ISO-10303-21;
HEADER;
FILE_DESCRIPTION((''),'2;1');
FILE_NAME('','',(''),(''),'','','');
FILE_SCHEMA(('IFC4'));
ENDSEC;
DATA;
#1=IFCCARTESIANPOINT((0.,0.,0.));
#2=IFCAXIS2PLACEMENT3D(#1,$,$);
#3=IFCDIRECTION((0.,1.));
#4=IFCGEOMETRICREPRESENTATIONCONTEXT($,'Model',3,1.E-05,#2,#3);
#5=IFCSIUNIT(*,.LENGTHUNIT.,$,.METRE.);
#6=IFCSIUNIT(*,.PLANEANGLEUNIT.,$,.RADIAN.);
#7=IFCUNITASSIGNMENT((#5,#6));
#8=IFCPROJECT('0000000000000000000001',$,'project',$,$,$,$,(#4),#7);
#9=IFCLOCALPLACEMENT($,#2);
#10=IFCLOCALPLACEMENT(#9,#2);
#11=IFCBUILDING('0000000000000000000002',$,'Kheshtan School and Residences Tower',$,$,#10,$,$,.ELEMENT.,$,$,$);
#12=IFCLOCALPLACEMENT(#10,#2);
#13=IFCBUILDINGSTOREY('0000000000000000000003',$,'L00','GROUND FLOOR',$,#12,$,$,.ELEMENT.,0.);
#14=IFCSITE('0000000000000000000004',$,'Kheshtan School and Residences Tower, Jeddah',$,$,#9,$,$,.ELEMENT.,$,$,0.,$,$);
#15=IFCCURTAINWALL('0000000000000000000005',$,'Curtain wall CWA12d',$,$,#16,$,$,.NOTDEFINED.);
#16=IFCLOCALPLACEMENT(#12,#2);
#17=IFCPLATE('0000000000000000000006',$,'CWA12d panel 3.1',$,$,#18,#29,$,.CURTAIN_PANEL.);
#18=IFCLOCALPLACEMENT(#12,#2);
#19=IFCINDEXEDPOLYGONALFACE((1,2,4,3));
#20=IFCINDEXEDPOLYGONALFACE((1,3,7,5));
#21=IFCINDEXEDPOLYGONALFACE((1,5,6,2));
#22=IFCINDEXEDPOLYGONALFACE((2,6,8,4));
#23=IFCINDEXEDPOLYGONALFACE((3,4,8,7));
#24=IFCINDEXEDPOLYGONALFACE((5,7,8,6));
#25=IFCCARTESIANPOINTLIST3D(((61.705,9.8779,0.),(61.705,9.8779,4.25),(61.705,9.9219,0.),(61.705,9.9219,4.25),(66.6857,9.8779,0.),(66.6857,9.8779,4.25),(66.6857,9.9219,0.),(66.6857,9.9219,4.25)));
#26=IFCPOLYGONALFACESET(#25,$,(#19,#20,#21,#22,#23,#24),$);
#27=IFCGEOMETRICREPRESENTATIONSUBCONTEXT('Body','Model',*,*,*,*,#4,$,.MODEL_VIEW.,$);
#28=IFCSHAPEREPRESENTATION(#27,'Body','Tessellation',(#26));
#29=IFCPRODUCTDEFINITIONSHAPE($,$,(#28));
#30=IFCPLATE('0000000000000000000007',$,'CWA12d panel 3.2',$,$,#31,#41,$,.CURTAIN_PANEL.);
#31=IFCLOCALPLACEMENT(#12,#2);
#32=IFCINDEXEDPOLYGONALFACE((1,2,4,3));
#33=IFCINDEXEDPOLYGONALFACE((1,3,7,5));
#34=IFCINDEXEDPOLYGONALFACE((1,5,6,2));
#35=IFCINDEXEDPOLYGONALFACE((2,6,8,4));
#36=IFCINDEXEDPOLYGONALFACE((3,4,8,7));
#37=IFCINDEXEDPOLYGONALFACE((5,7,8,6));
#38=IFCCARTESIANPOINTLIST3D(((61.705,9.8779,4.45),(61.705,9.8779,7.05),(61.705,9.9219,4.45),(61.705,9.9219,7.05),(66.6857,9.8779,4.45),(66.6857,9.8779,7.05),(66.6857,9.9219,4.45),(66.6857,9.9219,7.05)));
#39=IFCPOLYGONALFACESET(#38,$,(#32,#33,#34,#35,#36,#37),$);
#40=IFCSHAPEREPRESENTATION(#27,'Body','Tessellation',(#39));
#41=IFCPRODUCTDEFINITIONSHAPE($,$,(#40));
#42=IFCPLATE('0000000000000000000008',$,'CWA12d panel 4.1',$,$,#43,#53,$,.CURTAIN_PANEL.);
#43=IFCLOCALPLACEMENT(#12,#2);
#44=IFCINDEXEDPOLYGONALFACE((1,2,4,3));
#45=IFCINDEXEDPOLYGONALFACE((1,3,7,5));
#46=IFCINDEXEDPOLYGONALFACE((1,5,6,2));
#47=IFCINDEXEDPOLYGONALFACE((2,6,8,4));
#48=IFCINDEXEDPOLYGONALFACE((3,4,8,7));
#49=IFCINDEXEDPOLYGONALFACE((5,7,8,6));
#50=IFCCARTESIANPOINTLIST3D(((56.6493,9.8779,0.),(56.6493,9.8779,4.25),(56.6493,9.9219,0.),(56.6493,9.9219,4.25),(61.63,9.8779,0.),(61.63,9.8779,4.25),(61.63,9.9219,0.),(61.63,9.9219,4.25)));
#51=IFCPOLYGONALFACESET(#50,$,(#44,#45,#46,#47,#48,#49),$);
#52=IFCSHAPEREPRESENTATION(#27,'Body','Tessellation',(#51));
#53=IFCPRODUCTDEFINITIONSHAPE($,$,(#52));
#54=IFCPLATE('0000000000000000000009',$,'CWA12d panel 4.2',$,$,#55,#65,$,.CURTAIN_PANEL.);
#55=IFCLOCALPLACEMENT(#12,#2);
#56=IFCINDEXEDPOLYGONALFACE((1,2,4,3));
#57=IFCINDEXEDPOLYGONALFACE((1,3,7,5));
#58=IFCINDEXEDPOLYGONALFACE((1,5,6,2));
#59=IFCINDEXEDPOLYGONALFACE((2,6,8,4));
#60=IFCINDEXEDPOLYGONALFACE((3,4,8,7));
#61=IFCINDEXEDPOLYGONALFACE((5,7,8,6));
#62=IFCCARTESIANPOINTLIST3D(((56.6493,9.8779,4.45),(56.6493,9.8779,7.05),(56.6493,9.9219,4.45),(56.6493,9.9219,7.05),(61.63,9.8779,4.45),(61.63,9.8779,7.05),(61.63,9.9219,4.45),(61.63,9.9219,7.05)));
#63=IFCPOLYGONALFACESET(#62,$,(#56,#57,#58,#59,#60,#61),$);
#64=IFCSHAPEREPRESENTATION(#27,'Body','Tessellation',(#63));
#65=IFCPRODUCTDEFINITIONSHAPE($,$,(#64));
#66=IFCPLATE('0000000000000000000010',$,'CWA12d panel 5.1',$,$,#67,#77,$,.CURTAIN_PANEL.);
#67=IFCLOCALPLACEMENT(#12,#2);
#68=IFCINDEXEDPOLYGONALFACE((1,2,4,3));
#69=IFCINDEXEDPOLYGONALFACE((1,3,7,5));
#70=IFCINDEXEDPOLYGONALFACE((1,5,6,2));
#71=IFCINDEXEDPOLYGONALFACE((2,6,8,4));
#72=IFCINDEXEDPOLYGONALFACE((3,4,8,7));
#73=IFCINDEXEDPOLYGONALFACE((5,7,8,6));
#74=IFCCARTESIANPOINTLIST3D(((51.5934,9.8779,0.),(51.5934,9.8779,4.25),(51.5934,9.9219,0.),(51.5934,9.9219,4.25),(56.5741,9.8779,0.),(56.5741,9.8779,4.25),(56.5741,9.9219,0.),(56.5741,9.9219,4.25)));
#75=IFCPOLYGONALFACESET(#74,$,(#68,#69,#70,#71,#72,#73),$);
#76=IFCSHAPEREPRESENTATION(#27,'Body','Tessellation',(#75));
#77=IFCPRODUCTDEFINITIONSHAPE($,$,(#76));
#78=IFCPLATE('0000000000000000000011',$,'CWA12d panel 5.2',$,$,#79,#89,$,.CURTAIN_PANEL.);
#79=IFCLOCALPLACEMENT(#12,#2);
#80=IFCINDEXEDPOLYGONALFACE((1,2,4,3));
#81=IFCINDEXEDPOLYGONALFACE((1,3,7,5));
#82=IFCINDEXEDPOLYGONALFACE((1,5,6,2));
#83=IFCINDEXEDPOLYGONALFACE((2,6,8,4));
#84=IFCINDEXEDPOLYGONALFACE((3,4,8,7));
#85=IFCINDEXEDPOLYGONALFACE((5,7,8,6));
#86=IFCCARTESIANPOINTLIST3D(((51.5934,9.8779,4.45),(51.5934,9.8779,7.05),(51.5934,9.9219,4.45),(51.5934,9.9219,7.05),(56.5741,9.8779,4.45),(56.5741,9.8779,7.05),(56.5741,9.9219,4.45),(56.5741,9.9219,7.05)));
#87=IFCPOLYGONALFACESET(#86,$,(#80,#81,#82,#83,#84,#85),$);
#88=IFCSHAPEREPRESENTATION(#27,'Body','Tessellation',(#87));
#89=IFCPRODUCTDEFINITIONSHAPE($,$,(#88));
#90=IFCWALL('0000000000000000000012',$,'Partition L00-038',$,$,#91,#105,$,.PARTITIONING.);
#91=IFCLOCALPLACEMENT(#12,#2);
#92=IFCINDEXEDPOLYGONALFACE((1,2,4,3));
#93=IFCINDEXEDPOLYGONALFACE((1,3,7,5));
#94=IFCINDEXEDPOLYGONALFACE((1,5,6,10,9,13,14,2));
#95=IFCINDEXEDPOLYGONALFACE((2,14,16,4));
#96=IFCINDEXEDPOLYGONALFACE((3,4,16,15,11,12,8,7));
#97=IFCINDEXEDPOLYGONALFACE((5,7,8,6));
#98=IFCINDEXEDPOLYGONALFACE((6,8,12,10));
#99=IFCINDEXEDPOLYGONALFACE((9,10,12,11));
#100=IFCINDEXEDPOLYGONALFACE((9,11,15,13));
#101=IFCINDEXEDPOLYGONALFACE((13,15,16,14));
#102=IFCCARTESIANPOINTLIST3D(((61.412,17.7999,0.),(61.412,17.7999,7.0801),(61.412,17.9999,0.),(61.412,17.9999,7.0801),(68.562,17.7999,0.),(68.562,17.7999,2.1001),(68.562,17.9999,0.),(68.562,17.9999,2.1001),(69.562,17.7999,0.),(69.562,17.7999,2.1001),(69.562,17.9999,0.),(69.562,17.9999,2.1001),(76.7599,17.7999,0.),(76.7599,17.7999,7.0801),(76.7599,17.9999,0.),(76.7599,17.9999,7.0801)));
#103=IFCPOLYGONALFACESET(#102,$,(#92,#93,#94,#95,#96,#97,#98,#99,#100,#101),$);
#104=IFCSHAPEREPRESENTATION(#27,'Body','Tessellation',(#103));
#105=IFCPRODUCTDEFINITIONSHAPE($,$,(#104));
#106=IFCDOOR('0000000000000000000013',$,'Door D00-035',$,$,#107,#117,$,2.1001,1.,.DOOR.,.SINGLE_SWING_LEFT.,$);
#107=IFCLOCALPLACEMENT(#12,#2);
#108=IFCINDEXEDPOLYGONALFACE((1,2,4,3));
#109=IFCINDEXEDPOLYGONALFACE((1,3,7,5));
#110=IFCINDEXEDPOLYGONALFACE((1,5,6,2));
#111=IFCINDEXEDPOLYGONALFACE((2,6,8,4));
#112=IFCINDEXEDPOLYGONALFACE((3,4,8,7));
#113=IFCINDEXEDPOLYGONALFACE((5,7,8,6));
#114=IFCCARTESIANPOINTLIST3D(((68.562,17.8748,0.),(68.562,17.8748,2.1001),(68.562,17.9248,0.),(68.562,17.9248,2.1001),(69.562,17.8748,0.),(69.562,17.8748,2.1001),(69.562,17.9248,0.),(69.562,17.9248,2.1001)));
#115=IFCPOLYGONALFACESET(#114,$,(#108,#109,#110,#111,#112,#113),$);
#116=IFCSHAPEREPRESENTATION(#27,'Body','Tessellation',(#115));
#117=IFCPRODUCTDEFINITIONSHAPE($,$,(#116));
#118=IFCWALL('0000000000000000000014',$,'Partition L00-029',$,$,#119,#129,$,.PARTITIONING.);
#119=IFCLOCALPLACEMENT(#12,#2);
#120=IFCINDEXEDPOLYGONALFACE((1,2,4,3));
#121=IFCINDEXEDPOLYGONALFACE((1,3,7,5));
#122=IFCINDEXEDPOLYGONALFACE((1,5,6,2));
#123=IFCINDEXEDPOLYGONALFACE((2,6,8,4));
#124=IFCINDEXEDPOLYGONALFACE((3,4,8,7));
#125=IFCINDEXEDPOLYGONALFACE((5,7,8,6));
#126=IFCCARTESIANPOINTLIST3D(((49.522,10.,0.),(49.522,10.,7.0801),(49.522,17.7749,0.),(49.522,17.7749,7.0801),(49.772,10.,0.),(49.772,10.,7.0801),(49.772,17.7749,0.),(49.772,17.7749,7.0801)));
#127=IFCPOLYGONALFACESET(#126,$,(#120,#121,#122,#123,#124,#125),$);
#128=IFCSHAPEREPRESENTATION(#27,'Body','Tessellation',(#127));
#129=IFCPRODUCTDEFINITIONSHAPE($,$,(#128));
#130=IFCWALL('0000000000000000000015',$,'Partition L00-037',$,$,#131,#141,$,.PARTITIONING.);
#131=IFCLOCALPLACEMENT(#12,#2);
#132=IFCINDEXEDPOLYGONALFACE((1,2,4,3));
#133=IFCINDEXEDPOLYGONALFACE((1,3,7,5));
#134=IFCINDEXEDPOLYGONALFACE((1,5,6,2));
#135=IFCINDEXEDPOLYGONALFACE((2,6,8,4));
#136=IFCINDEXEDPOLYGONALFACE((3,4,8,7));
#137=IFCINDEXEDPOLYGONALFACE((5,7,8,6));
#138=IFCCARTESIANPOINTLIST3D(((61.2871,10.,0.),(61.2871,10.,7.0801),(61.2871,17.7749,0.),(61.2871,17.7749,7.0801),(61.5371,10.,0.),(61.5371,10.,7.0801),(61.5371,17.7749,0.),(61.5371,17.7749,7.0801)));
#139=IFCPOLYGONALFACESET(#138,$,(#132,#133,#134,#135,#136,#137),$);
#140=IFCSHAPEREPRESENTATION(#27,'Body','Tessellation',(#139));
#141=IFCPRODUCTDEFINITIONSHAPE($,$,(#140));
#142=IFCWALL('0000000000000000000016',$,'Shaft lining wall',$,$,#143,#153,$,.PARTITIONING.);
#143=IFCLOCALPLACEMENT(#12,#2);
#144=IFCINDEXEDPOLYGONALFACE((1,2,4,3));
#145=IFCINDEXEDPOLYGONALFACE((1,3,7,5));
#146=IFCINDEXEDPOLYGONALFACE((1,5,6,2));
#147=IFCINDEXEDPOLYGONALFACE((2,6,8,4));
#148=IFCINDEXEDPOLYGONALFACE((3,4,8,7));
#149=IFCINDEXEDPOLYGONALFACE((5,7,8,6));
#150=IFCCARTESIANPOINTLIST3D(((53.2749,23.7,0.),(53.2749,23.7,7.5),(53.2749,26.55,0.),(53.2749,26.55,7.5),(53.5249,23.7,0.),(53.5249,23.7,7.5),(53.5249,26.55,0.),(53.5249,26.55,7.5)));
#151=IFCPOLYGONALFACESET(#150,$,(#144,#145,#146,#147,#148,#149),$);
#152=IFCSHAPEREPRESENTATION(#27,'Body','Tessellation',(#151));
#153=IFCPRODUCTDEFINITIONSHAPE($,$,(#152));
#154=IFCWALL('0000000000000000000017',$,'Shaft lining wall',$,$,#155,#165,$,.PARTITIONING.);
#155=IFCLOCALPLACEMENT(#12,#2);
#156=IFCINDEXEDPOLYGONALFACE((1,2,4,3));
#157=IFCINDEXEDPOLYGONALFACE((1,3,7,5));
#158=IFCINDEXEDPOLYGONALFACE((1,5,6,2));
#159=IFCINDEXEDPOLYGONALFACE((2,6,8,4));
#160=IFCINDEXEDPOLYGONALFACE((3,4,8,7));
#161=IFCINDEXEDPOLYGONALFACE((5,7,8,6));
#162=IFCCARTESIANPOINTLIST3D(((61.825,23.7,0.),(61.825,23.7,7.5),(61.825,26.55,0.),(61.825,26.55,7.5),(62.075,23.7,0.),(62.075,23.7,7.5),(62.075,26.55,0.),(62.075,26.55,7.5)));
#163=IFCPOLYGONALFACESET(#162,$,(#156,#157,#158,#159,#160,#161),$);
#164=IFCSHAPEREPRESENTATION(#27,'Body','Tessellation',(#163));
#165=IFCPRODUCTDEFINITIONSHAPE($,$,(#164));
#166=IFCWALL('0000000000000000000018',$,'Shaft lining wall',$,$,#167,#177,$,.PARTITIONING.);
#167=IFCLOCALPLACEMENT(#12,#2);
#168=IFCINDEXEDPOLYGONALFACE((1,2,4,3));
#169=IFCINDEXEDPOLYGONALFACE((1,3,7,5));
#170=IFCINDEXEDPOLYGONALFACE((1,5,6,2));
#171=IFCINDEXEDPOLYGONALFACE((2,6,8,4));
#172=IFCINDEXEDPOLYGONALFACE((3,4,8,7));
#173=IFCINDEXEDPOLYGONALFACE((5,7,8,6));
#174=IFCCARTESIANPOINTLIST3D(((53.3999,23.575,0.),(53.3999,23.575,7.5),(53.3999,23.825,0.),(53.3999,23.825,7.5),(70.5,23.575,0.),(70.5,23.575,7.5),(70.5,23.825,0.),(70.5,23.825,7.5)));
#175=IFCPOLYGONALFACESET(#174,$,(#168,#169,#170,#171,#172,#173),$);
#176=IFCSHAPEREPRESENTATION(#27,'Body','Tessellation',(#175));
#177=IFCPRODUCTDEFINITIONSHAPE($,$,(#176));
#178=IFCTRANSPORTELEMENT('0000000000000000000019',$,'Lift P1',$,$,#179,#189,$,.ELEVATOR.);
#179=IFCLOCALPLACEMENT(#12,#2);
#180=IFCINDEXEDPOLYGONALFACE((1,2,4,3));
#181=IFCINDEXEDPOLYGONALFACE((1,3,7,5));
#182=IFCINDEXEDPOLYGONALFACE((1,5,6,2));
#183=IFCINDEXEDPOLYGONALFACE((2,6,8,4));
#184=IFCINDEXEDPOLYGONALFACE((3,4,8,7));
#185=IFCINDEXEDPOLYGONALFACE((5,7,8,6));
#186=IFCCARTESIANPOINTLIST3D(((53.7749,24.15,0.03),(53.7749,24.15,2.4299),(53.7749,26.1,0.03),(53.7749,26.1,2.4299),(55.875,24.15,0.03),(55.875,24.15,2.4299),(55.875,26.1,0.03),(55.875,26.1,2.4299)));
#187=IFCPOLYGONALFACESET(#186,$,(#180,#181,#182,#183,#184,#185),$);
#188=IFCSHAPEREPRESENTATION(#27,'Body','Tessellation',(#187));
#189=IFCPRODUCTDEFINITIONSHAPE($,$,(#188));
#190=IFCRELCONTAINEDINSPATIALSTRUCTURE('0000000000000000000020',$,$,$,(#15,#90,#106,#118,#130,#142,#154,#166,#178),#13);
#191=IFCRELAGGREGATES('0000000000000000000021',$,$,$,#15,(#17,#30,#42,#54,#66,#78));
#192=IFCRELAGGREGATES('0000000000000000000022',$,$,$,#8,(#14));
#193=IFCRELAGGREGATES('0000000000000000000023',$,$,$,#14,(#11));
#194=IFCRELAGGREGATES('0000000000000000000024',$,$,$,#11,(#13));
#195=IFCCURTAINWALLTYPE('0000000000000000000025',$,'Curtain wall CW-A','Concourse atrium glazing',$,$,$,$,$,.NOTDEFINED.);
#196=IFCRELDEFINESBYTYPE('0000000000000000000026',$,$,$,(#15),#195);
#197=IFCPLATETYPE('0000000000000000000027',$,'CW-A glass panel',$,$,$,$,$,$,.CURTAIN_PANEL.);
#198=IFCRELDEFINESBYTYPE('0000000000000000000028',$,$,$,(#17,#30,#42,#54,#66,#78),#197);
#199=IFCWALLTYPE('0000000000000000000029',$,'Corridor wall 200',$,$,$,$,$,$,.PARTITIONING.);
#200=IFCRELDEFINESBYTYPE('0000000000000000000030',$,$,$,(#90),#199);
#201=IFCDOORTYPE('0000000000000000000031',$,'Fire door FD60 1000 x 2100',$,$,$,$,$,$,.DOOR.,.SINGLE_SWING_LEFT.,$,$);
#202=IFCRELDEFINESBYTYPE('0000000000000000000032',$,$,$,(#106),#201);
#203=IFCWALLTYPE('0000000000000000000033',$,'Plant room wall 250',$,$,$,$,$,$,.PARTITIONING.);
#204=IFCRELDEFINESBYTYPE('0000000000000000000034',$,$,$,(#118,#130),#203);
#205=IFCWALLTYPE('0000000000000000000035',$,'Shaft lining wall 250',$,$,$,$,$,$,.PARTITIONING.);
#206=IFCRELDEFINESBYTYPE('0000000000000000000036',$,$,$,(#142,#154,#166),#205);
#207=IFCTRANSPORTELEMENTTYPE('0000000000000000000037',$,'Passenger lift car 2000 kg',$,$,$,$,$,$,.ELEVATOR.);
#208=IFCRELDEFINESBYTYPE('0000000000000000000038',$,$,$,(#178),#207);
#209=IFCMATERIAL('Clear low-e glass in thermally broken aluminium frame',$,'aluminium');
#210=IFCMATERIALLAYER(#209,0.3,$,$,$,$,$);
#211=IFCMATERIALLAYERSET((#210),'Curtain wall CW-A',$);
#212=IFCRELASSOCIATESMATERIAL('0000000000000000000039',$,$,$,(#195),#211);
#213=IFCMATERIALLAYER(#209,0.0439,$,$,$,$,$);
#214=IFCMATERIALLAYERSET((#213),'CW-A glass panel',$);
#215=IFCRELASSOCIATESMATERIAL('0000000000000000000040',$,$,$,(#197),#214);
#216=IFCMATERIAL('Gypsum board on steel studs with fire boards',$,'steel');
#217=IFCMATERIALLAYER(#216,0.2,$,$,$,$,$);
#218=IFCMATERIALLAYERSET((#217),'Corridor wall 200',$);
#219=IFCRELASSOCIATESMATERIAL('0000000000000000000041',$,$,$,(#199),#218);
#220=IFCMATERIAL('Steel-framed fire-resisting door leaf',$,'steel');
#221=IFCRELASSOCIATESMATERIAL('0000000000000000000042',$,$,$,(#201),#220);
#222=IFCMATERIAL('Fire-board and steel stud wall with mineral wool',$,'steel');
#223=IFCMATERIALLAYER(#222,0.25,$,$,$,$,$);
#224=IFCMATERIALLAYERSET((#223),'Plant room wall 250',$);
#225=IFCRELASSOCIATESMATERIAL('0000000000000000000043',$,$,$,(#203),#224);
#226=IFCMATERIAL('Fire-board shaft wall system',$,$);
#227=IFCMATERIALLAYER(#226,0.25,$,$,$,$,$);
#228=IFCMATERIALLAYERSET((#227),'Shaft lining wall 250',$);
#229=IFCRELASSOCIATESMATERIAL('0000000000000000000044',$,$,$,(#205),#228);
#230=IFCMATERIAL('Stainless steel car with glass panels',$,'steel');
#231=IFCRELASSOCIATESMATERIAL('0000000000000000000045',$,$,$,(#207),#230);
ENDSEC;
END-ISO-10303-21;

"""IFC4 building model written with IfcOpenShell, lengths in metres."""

from ifc_helpers import new_model, si_unit, direction, frame, frame_2d, origin, origin_2d, place, context, subcontext, project, spatial, rectangle, extrude, source, transform, mapped, material, layer, layer_set, type_object, element, fill, aggregate, save


model = new_model("IFC4")

# Units and contexts
model_context = context("Model", 3, precision=1e-05, world=origin(), true_north=direction((0.0, 1.0)))
body_context = subcontext(model_context, "Body", "Model", "MODEL_VIEW")
ifc_project = project(units=[si_unit("LENGTHUNIT", "METRE"), si_unit("PLANEANGLEUNIT", "RADIAN")], contexts=[model_context])

# Site, building, storey
site_placement = place(None, origin())
site = spatial("IfcSite", under=ifc_project, at=site_placement, Name="Kheshtan School and Residences Tower, Jeddah", CompositionType="ELEMENT", RefElevation=0.0)
building_placement = place(site_placement, origin())
building = spatial("IfcBuilding", under=site, at=building_placement, Name="Kheshtan School and Residences Tower", CompositionType="ELEMENT")
storey_placement = place(building_placement, origin())
storey = spatial("IfcBuildingStorey", under=building, at=storey_placement, Name="L00", Description="GROUND FLOOR", CompositionType="ELEMENT", Elevation=0.0)

# Curtain wall, plates
ifc_material_1 = material(Name="Clear low-e glass in thermally broken aluminium frame", Category="aluminium")
ifc_layer_1 = layer(ifc_material_1, 0.3)
ifc_layer_set_1 = layer_set([ifc_layer_1], Name="Curtain wall CW-A")
curtain_wall_type = type_object("IfcCurtainWallType", Name="Curtain wall CW-A", Description="Concourse atrium glazing", PredefinedType="NOTDEFINED", material=ifc_layer_set_1)
curtain_wall_placement = place(storey_placement, origin())
curtain_wall = element("IfcCurtainWall", 1, at=curtain_wall_placement, inside=storey, type_object=curtain_wall_type, Name="Curtain wall CWA12d", PredefinedType="NOTDEFINED")
ifc_layer_2 = layer(ifc_material_1, 0.0439)
ifc_layer_set_2 = layer_set([ifc_layer_2], Name="CW-A glass panel")
plate_type = type_object("IfcPlateType", Name="CW-A glass panel", PredefinedType="CURTAIN_PANEL", material=ifc_layer_set_2)
plate_1_placement = place(storey_placement, frame((64.1953, 9.8999, 0.0), z_axis=(0.0, 0.0, 1.0), x_axis=(-1.0, 0.0, 0.0)))
plate_1 = element("IfcPlate", 2, at=plate_1_placement, type_object=plate_type, Name="CWA12d panel 3.1", PredefinedType="CURTAIN_PANEL", context=body_context, shape_type="SweptSolid", body=[
    extrude(rectangle(XDim=4.9807, YDim=0.0439, at=origin_2d()), origin(), (0.0, 0.0, 1.0), 4.25),
])
plate_2_placement = place(storey_placement, frame((64.1953, 9.8999, 4.45), z_axis=(0.0, 0.0, 1.0), x_axis=(-1.0, 0.0, 0.0)))
plate_2 = element("IfcPlate", 3, at=plate_2_placement, type_object=plate_type, Name="CWA12d panel 3.2", PredefinedType="CURTAIN_PANEL", context=body_context, shape_type="SweptSolid", body=[
    extrude(rectangle(XDim=4.9807, YDim=0.0439, at=origin_2d()), origin(), (0.0, 0.0, 1.0), 2.6001),
])
plate_3_placement = place(storey_placement, frame((59.1396, 9.8999, 0.0), z_axis=(0.0, 0.0, 1.0), x_axis=(-1.0, 0.0, 0.0)))
plate_3 = element("IfcPlate", 4, at=plate_3_placement, type_object=plate_type, Name="CWA12d panel 4.1", PredefinedType="CURTAIN_PANEL", context=body_context, shape_type="SweptSolid", body=[
    extrude(rectangle(XDim=4.9807, YDim=0.0439, at=origin_2d()), origin(), (0.0, 0.0, 1.0), 4.25),
])
plate_4_placement = place(storey_placement, frame((59.1396, 9.8999, 4.45), z_axis=(0.0, 0.0, 1.0), x_axis=(-1.0, 0.0, 0.0)))
plate_4 = element("IfcPlate", 5, at=plate_4_placement, type_object=plate_type, Name="CWA12d panel 4.2", PredefinedType="CURTAIN_PANEL", context=body_context, shape_type="SweptSolid", body=[
    extrude(rectangle(XDim=4.9807, YDim=0.0439, at=origin_2d()), origin(), (0.0, 0.0, 1.0), 2.6001),
])
plate_5_placement = place(storey_placement, frame((54.0837, 9.8999, 0.0), z_axis=(0.0, 0.0, 1.0), x_axis=(-1.0, 0.0, 0.0)))
plate_5 = element("IfcPlate", 6, at=plate_5_placement, type_object=plate_type, Name="CWA12d panel 5.1", PredefinedType="CURTAIN_PANEL", context=body_context, shape_type="SweptSolid", body=[
    extrude(rectangle(XDim=4.9807, YDim=0.0439, at=origin_2d()), origin(), (0.0, 0.0, 1.0), 4.25),
])
plate_6_placement = place(storey_placement, frame((54.0837, 9.8999, 4.45), z_axis=(0.0, 0.0, 1.0), x_axis=(-1.0, 0.0, 0.0)))
plate_6 = element("IfcPlate", 7, at=plate_6_placement, type_object=plate_type, Name="CWA12d panel 5.2", PredefinedType="CURTAIN_PANEL", context=body_context, shape_type="SweptSolid", body=[
    extrude(rectangle(XDim=4.9807, YDim=0.0439, at=origin_2d()), origin(), (0.0, 0.0, 1.0), 2.6001),
])
aggregate(curtain_wall, [plate_1, plate_2, plate_3, plate_4, plate_5, plate_6])

# Wall, opening, door
ifc_material_2 = material(Name="Gypsum board on steel studs with fire boards", Category="steel")
ifc_layer_3 = layer(ifc_material_2, 0.2)
ifc_layer_set_3 = layer_set([ifc_layer_3], Name="Corridor wall 200")
wall_type_1 = type_object("IfcWallType", Name="Corridor wall 200", PredefinedType="PARTITIONING", material=ifc_layer_set_3)
wall_1_placement = place(storey_placement, frame((61.4121, 17.8999, 0.0), z_axis=(0.0, 0.0, 1.0), x_axis=(1.0, 0.0, 0.0)))
wall_1 = element("IfcWall", 8, at=wall_1_placement, inside=storey, type_object=wall_type_1, Name="Partition L00-038", PredefinedType="PARTITIONING", context=body_context, shape_type="SweptSolid", body=[
    extrude(rectangle(XDim=15.3479, YDim=0.2, at=frame_2d((7.6738, 0.0))), origin(), (0.0, 0.0, 1.0), 7.0801),
])
opening_placement = place(wall_1_placement, frame((7.1499, 0.0, 0.0)))
opening = element("IfcOpeningElement", 9, at=opening_placement, cuts=wall_1, PredefinedType="OPENING", context=body_context, shape_type="SweptSolid", body=[
    extrude(rectangle(XDim=1.0, YDim=2.1001, at=frame_2d((0.5, 1.05))), frame((0.0, 0.1099, 0.0), z_axis=(0.0, -1.0, 0.0), x_axis=(1.0, 0.0, 0.0)), (0.0, 0.0, 1.0), 0.22),
])
ifc_material_3 = material(Name="Steel-framed fire-resisting door leaf", Category="steel")
door_type = type_object("IfcDoorType", Name="Fire door FD60 1000 x 2100", OperationType="SINGLE_SWING_LEFT", PredefinedType="DOOR", material=ifc_material_3)
shared_shape = source(origin(), body_context, "Body", "SweptSolid", [
    extrude(rectangle(XDim=1.0, YDim=2.1001, at=frame_2d((0.5, 1.05))), frame((0.0, 0.0249, 0.0), z_axis=(0.0, -1.0, 0.0), x_axis=(1.0, 0.0, 0.0)), (0.0, 0.0, 1.0), 0.05),
])
door_placement = place(opening_placement, origin())
door = element("IfcDoor", 10, at=door_placement, inside=storey, type_object=door_type, Name="Door D00-035", OperationType="SINGLE_SWING_LEFT", OverallHeight=2.1001, OverallWidth=1.0, PredefinedType="DOOR", context=body_context, shape_type="MappedRepresentation", body=[
    mapped(shared_shape, transform((0.0, 0.0, 0.0), x_axis=(1.0, 0.0, 0.0), y_axis=(0.0, 1.0, 0.0), z_axis=(0.0, 0.0, 1.0), scale=1.0)),
])
fill(opening, door)

# Walls
ifc_material_4 = material(Name="Fire-board and steel stud wall with mineral wool", Category="steel")
ifc_layer_4 = layer(ifc_material_4, 0.25)
ifc_layer_set_4 = layer_set([ifc_layer_4], Name="Plant room wall 250")
wall_type_2 = type_object("IfcWallType", Name="Plant room wall 250", PredefinedType="PARTITIONING", material=ifc_layer_set_4)
for number, where, z_axis, x_axis, name in (
    (11, (49.647, 10.0, 0.0), (0.0, 0.0, 1.0), (0.0, 1.0, 0.0), "Partition L00-029"),
    (12, (61.4121, 10.0, 0.0), (0.0, 0.0, 1.0), (0.0, 1.0, 0.0), "Partition L00-037"),
):
    element("IfcWall", number, at=place(storey_placement, frame(where, z_axis=z_axis, x_axis=x_axis)), inside=storey, type_object=wall_type_2, Name=name, PredefinedType="PARTITIONING", context=body_context, shape_type="SweptSolid", body=[
        extrude(rectangle(XDim=7.7749, YDim=0.25, at=frame_2d((3.8875, 0.0))), origin(), (0.0, 0.0, 1.0), 7.0801),
    ])
ifc_material_5 = material(Name="Fire-board shaft wall system")
ifc_layer_5 = layer(ifc_material_5, 0.25)
ifc_layer_set_5 = layer_set([ifc_layer_5], Name="Shaft lining wall 250")
wall_type_3 = type_object("IfcWallType", Name="Shaft lining wall 250", PredefinedType="PARTITIONING", material=ifc_layer_set_5)
for number, where, z_axis, x_axis, name in (
    (13, (53.3999, 23.7, 0.0), (0.0, 0.0, 1.0), (0.0, 1.0, 0.0), "Shaft lining wall"),
    (14, (61.95, 23.7, 0.0), (0.0, 0.0, 1.0), (0.0, 1.0, 0.0), "Shaft lining wall"),
):
    element("IfcWall", number, at=place(storey_placement, frame(where, z_axis=z_axis, x_axis=x_axis)), inside=storey, type_object=wall_type_3, Name=name, PredefinedType="PARTITIONING", context=body_context, shape_type="SweptSolid", body=[
        extrude(rectangle(XDim=2.8501, YDim=0.25, at=frame_2d((1.425, 0.0))), origin(), (0.0, 0.0, 1.0), 7.5),
    ])
wall_2_placement = place(storey_placement, frame((53.3999, 23.7, 0.0), z_axis=(0.0, 0.0, 1.0), x_axis=(1.0, 0.0, 0.0)))
element("IfcWall", 15, at=wall_2_placement, inside=storey, type_object=wall_type_3, Name="Shaft lining wall", PredefinedType="PARTITIONING", context=body_context, shape_type="SweptSolid", body=[
    extrude(rectangle(XDim=17.1001, YDim=0.25, at=frame_2d((8.55, 0.0))), origin(), (0.0, 0.0, 1.0), 7.5),
])

# Transport element
ifc_material_6 = material(Name="Stainless steel car with glass panels", Category="steel")
transport_element_type = type_object("IfcTransportElementType", Name="Passenger lift car 2000 kg", PredefinedType="ELEVATOR", material=ifc_material_6)
for number, where, z_axis, x_axis, name in (
    (16, (54.825, 25.125, 0.03), (0.0, 0.0, 1.0), (1.0, 0.0, 0.0), "Lift P1"),
):
    element("IfcTransportElement", number, at=place(storey_placement, frame(where, z_axis=z_axis, x_axis=x_axis)), inside=storey, type_object=transport_element_type, Name=name, PredefinedType="ELEVATOR", context=body_context, shape_type="SweptSolid", body=[
        extrude(rectangle(XDim=2.1001, YDim=1.95, at=origin_2d()), origin(), (0.0, 0.0, 1.0), 2.3999),
    ])

save(model, "model.ifc")
